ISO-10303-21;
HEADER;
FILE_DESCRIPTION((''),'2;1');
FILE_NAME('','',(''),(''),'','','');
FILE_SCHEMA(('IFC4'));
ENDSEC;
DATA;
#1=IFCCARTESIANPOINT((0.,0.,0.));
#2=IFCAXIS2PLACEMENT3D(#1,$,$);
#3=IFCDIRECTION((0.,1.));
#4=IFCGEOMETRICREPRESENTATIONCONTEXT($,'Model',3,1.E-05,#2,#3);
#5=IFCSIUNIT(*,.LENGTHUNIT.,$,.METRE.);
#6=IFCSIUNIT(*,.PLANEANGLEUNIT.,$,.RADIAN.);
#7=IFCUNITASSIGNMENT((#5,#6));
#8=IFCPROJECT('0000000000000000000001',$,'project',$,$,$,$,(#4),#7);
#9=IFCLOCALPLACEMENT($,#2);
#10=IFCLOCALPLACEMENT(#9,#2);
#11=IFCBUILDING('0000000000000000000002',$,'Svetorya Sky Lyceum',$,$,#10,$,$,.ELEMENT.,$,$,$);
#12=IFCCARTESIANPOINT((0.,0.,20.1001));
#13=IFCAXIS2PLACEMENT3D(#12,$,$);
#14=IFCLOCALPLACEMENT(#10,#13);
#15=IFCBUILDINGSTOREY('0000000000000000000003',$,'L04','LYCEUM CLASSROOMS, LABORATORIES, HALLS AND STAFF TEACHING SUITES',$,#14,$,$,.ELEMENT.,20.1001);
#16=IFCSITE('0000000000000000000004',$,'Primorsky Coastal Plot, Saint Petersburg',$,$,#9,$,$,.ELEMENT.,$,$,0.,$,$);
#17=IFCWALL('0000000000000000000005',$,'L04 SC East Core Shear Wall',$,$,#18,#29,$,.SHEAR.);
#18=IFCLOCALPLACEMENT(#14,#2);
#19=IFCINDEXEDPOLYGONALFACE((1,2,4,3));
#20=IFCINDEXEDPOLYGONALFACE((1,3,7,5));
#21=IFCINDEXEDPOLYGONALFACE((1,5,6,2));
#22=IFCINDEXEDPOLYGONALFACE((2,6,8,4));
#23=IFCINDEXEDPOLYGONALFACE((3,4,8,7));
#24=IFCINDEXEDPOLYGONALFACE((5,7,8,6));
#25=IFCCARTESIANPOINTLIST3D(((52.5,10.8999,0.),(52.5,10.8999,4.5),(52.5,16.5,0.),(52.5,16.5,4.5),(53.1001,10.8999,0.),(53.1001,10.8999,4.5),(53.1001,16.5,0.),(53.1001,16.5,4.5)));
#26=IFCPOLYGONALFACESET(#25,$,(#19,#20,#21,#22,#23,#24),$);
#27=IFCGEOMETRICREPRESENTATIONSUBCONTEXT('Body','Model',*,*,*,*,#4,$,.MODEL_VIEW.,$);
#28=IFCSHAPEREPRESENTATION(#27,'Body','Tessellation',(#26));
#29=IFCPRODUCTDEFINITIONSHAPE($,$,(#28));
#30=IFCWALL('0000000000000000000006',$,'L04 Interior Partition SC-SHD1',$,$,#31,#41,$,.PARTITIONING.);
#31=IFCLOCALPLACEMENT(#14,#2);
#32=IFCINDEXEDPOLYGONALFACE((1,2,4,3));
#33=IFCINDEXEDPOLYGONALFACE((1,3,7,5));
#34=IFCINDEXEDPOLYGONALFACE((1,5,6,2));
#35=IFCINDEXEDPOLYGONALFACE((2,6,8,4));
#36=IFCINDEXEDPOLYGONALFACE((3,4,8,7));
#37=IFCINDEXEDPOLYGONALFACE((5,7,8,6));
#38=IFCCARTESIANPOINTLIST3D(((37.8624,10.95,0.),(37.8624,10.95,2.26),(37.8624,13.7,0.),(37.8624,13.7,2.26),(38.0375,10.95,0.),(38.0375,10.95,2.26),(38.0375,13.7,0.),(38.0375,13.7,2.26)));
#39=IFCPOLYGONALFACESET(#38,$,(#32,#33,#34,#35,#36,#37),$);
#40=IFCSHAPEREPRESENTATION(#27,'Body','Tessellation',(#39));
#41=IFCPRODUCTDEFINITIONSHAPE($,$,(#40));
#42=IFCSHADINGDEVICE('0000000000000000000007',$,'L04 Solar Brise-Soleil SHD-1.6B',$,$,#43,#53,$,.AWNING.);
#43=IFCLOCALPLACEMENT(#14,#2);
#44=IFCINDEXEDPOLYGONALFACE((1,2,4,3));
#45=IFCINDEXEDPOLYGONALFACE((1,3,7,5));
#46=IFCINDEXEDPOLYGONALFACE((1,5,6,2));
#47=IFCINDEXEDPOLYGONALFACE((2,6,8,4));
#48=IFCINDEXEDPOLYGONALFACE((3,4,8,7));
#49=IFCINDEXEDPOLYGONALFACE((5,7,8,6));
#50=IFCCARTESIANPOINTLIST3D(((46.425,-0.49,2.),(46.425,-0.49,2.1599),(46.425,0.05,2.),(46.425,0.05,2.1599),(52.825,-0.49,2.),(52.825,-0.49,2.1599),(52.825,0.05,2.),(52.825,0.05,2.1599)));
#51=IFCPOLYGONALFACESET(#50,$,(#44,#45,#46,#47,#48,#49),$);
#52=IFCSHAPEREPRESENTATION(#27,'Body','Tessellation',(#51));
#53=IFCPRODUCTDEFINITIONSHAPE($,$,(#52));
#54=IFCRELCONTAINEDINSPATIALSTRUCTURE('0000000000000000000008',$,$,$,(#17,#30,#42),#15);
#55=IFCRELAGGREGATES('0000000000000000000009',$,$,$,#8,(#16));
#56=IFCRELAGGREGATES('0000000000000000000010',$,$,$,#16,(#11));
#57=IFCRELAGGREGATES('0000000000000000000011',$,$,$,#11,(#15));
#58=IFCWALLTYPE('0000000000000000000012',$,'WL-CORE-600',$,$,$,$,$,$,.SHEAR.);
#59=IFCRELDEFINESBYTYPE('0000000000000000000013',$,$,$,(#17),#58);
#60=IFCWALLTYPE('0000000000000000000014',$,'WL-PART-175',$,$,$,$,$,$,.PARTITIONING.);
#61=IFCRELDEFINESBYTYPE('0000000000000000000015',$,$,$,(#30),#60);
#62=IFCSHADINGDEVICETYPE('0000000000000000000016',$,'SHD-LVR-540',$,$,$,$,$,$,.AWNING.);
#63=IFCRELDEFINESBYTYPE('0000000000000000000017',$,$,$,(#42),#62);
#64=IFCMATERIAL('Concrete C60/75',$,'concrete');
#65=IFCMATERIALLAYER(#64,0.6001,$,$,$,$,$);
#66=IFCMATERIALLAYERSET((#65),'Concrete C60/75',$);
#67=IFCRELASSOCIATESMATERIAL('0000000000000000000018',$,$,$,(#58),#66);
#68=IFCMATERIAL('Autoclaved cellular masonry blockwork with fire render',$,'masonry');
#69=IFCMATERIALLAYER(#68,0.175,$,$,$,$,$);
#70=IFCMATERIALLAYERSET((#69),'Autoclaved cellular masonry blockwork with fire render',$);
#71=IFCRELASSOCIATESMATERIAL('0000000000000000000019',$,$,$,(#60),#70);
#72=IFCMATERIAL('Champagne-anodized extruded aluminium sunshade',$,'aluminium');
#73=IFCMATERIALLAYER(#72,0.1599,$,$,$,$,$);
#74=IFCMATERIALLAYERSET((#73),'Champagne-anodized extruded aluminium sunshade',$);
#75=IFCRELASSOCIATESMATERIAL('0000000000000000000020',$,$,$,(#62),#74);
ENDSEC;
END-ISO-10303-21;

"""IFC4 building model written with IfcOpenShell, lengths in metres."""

from ifc_helpers import new_model, si_unit, direction, frame, frame_2d, origin, origin_2d, place, context, subcontext, project, spatial, rectangle, extrude, material, layer, layer_set, type_object, element, save


model = new_model("IFC4")

# Units and contexts
model_context = context("Model", 3, precision=1e-05, world=origin(), true_north=direction((0.0, 1.0)))
body_context = subcontext(model_context, "Body", "Model", "MODEL_VIEW")
ifc_project = project(units=[si_unit("LENGTHUNIT", "METRE"), si_unit("PLANEANGLEUNIT", "RADIAN")], contexts=[model_context])

# Site, building, storey
site_placement = place(None, origin())
site = spatial("IfcSite", under=ifc_project, at=site_placement, Name="Primorsky Coastal Plot, Saint Petersburg", CompositionType="ELEMENT", RefElevation=0.0)
building_placement = place(site_placement, origin())
building = spatial("IfcBuilding", under=site, at=building_placement, Name="Svetorya Sky Lyceum", CompositionType="ELEMENT")
storey_placement = place(building_placement, frame((0.0, 0.0, 20.1001)))
storey = spatial("IfcBuildingStorey", under=building, at=storey_placement, Name="L04", Description="LYCEUM CLASSROOMS, LABORATORIES, HALLS AND STAFF TEACHING SUITES", CompositionType="ELEMENT", Elevation=20.1001)

# Shared definitions
ifc_material_1 = material(Name="Concrete C60/75", Category="concrete")

# Walls
ifc_layer_1 = layer(ifc_material_1, 0.6001)
ifc_layer_set_1 = layer_set([ifc_layer_1], Name="Concrete C60/75")
wall_type_1 = type_object("IfcWallType", Name="WL-CORE-600", PredefinedType="SHEAR", material=ifc_layer_set_1)
wall_1_placement = place(storey_placement, frame((52.8, 10.8999, 0.0), z_axis=(0.0, 0.0, 1.0), x_axis=(0.0, 1.0, 0.0)))
element("IfcWall", 1, at=wall_1_placement, inside=storey, type_object=wall_type_1, Name="L04 SC East Core Shear Wall", PredefinedType="SHEAR", context=body_context, shape_type="SweptSolid", body=[
    extrude(rectangle(XDim=5.6001, YDim=0.6001, at=frame_2d((2.8, 0.0))), origin(), (0.0, 0.0, 1.0), 4.5),
])
ifc_material_2 = material(Name="Autoclaved cellular masonry blockwork with fire render", Category="masonry")
ifc_layer_2 = layer(ifc_material_2, 0.175)
ifc_layer_set_2 = layer_set([ifc_layer_2], Name="Autoclaved cellular masonry blockwork with fire render")
wall_type_2 = type_object("IfcWallType", Name="WL-PART-175", PredefinedType="PARTITIONING", material=ifc_layer_set_2)
wall_2_placement = place(storey_placement, frame((37.95, 10.95, 0.0), z_axis=(0.0, 0.0, 1.0), x_axis=(0.0, 1.0, 0.0)))
element("IfcWall", 2, at=wall_2_placement, inside=storey, type_object=wall_type_2, Name="L04 Interior Partition SC-SHD1", PredefinedType="PARTITIONING", context=body_context, shape_type="SweptSolid", body=[
    extrude(rectangle(XDim=2.75, YDim=0.175, at=frame_2d((1.375, 0.0))), origin(), (0.0, 0.0, 1.0), 2.26),
])

# Shading device
ifc_material_3 = material(Name="Champagne-anodized extruded aluminium sunshade", Category="aluminium")
ifc_layer_3 = layer(ifc_material_3, 0.1599)
ifc_layer_set_3 = layer_set([ifc_layer_3], Name="Champagne-anodized extruded aluminium sunshade")
shading_device_type = type_object("IfcShadingDeviceType", Name="SHD-LVR-540", PredefinedType="AWNING", material=ifc_layer_set_3)
shading_device_placement = place(storey_placement, frame((49.625, -0.22, 2.0), z_axis=(0.0, 0.0, 1.0), x_axis=(1.0, 0.0, 0.0)))
element("IfcShadingDevice", 3, at=shading_device_placement, inside=storey, type_object=shading_device_type, Name="L04 Solar Brise-Soleil SHD-1.6B", PredefinedType="AWNING", context=body_context, shape_type="SweptSolid", body=[
    extrude(rectangle(XDim=6.3999, YDim=0.54, at=origin_2d()), origin(), (0.0, 0.0, 1.0), 0.1599),
])

save(model, "model.ifc")
